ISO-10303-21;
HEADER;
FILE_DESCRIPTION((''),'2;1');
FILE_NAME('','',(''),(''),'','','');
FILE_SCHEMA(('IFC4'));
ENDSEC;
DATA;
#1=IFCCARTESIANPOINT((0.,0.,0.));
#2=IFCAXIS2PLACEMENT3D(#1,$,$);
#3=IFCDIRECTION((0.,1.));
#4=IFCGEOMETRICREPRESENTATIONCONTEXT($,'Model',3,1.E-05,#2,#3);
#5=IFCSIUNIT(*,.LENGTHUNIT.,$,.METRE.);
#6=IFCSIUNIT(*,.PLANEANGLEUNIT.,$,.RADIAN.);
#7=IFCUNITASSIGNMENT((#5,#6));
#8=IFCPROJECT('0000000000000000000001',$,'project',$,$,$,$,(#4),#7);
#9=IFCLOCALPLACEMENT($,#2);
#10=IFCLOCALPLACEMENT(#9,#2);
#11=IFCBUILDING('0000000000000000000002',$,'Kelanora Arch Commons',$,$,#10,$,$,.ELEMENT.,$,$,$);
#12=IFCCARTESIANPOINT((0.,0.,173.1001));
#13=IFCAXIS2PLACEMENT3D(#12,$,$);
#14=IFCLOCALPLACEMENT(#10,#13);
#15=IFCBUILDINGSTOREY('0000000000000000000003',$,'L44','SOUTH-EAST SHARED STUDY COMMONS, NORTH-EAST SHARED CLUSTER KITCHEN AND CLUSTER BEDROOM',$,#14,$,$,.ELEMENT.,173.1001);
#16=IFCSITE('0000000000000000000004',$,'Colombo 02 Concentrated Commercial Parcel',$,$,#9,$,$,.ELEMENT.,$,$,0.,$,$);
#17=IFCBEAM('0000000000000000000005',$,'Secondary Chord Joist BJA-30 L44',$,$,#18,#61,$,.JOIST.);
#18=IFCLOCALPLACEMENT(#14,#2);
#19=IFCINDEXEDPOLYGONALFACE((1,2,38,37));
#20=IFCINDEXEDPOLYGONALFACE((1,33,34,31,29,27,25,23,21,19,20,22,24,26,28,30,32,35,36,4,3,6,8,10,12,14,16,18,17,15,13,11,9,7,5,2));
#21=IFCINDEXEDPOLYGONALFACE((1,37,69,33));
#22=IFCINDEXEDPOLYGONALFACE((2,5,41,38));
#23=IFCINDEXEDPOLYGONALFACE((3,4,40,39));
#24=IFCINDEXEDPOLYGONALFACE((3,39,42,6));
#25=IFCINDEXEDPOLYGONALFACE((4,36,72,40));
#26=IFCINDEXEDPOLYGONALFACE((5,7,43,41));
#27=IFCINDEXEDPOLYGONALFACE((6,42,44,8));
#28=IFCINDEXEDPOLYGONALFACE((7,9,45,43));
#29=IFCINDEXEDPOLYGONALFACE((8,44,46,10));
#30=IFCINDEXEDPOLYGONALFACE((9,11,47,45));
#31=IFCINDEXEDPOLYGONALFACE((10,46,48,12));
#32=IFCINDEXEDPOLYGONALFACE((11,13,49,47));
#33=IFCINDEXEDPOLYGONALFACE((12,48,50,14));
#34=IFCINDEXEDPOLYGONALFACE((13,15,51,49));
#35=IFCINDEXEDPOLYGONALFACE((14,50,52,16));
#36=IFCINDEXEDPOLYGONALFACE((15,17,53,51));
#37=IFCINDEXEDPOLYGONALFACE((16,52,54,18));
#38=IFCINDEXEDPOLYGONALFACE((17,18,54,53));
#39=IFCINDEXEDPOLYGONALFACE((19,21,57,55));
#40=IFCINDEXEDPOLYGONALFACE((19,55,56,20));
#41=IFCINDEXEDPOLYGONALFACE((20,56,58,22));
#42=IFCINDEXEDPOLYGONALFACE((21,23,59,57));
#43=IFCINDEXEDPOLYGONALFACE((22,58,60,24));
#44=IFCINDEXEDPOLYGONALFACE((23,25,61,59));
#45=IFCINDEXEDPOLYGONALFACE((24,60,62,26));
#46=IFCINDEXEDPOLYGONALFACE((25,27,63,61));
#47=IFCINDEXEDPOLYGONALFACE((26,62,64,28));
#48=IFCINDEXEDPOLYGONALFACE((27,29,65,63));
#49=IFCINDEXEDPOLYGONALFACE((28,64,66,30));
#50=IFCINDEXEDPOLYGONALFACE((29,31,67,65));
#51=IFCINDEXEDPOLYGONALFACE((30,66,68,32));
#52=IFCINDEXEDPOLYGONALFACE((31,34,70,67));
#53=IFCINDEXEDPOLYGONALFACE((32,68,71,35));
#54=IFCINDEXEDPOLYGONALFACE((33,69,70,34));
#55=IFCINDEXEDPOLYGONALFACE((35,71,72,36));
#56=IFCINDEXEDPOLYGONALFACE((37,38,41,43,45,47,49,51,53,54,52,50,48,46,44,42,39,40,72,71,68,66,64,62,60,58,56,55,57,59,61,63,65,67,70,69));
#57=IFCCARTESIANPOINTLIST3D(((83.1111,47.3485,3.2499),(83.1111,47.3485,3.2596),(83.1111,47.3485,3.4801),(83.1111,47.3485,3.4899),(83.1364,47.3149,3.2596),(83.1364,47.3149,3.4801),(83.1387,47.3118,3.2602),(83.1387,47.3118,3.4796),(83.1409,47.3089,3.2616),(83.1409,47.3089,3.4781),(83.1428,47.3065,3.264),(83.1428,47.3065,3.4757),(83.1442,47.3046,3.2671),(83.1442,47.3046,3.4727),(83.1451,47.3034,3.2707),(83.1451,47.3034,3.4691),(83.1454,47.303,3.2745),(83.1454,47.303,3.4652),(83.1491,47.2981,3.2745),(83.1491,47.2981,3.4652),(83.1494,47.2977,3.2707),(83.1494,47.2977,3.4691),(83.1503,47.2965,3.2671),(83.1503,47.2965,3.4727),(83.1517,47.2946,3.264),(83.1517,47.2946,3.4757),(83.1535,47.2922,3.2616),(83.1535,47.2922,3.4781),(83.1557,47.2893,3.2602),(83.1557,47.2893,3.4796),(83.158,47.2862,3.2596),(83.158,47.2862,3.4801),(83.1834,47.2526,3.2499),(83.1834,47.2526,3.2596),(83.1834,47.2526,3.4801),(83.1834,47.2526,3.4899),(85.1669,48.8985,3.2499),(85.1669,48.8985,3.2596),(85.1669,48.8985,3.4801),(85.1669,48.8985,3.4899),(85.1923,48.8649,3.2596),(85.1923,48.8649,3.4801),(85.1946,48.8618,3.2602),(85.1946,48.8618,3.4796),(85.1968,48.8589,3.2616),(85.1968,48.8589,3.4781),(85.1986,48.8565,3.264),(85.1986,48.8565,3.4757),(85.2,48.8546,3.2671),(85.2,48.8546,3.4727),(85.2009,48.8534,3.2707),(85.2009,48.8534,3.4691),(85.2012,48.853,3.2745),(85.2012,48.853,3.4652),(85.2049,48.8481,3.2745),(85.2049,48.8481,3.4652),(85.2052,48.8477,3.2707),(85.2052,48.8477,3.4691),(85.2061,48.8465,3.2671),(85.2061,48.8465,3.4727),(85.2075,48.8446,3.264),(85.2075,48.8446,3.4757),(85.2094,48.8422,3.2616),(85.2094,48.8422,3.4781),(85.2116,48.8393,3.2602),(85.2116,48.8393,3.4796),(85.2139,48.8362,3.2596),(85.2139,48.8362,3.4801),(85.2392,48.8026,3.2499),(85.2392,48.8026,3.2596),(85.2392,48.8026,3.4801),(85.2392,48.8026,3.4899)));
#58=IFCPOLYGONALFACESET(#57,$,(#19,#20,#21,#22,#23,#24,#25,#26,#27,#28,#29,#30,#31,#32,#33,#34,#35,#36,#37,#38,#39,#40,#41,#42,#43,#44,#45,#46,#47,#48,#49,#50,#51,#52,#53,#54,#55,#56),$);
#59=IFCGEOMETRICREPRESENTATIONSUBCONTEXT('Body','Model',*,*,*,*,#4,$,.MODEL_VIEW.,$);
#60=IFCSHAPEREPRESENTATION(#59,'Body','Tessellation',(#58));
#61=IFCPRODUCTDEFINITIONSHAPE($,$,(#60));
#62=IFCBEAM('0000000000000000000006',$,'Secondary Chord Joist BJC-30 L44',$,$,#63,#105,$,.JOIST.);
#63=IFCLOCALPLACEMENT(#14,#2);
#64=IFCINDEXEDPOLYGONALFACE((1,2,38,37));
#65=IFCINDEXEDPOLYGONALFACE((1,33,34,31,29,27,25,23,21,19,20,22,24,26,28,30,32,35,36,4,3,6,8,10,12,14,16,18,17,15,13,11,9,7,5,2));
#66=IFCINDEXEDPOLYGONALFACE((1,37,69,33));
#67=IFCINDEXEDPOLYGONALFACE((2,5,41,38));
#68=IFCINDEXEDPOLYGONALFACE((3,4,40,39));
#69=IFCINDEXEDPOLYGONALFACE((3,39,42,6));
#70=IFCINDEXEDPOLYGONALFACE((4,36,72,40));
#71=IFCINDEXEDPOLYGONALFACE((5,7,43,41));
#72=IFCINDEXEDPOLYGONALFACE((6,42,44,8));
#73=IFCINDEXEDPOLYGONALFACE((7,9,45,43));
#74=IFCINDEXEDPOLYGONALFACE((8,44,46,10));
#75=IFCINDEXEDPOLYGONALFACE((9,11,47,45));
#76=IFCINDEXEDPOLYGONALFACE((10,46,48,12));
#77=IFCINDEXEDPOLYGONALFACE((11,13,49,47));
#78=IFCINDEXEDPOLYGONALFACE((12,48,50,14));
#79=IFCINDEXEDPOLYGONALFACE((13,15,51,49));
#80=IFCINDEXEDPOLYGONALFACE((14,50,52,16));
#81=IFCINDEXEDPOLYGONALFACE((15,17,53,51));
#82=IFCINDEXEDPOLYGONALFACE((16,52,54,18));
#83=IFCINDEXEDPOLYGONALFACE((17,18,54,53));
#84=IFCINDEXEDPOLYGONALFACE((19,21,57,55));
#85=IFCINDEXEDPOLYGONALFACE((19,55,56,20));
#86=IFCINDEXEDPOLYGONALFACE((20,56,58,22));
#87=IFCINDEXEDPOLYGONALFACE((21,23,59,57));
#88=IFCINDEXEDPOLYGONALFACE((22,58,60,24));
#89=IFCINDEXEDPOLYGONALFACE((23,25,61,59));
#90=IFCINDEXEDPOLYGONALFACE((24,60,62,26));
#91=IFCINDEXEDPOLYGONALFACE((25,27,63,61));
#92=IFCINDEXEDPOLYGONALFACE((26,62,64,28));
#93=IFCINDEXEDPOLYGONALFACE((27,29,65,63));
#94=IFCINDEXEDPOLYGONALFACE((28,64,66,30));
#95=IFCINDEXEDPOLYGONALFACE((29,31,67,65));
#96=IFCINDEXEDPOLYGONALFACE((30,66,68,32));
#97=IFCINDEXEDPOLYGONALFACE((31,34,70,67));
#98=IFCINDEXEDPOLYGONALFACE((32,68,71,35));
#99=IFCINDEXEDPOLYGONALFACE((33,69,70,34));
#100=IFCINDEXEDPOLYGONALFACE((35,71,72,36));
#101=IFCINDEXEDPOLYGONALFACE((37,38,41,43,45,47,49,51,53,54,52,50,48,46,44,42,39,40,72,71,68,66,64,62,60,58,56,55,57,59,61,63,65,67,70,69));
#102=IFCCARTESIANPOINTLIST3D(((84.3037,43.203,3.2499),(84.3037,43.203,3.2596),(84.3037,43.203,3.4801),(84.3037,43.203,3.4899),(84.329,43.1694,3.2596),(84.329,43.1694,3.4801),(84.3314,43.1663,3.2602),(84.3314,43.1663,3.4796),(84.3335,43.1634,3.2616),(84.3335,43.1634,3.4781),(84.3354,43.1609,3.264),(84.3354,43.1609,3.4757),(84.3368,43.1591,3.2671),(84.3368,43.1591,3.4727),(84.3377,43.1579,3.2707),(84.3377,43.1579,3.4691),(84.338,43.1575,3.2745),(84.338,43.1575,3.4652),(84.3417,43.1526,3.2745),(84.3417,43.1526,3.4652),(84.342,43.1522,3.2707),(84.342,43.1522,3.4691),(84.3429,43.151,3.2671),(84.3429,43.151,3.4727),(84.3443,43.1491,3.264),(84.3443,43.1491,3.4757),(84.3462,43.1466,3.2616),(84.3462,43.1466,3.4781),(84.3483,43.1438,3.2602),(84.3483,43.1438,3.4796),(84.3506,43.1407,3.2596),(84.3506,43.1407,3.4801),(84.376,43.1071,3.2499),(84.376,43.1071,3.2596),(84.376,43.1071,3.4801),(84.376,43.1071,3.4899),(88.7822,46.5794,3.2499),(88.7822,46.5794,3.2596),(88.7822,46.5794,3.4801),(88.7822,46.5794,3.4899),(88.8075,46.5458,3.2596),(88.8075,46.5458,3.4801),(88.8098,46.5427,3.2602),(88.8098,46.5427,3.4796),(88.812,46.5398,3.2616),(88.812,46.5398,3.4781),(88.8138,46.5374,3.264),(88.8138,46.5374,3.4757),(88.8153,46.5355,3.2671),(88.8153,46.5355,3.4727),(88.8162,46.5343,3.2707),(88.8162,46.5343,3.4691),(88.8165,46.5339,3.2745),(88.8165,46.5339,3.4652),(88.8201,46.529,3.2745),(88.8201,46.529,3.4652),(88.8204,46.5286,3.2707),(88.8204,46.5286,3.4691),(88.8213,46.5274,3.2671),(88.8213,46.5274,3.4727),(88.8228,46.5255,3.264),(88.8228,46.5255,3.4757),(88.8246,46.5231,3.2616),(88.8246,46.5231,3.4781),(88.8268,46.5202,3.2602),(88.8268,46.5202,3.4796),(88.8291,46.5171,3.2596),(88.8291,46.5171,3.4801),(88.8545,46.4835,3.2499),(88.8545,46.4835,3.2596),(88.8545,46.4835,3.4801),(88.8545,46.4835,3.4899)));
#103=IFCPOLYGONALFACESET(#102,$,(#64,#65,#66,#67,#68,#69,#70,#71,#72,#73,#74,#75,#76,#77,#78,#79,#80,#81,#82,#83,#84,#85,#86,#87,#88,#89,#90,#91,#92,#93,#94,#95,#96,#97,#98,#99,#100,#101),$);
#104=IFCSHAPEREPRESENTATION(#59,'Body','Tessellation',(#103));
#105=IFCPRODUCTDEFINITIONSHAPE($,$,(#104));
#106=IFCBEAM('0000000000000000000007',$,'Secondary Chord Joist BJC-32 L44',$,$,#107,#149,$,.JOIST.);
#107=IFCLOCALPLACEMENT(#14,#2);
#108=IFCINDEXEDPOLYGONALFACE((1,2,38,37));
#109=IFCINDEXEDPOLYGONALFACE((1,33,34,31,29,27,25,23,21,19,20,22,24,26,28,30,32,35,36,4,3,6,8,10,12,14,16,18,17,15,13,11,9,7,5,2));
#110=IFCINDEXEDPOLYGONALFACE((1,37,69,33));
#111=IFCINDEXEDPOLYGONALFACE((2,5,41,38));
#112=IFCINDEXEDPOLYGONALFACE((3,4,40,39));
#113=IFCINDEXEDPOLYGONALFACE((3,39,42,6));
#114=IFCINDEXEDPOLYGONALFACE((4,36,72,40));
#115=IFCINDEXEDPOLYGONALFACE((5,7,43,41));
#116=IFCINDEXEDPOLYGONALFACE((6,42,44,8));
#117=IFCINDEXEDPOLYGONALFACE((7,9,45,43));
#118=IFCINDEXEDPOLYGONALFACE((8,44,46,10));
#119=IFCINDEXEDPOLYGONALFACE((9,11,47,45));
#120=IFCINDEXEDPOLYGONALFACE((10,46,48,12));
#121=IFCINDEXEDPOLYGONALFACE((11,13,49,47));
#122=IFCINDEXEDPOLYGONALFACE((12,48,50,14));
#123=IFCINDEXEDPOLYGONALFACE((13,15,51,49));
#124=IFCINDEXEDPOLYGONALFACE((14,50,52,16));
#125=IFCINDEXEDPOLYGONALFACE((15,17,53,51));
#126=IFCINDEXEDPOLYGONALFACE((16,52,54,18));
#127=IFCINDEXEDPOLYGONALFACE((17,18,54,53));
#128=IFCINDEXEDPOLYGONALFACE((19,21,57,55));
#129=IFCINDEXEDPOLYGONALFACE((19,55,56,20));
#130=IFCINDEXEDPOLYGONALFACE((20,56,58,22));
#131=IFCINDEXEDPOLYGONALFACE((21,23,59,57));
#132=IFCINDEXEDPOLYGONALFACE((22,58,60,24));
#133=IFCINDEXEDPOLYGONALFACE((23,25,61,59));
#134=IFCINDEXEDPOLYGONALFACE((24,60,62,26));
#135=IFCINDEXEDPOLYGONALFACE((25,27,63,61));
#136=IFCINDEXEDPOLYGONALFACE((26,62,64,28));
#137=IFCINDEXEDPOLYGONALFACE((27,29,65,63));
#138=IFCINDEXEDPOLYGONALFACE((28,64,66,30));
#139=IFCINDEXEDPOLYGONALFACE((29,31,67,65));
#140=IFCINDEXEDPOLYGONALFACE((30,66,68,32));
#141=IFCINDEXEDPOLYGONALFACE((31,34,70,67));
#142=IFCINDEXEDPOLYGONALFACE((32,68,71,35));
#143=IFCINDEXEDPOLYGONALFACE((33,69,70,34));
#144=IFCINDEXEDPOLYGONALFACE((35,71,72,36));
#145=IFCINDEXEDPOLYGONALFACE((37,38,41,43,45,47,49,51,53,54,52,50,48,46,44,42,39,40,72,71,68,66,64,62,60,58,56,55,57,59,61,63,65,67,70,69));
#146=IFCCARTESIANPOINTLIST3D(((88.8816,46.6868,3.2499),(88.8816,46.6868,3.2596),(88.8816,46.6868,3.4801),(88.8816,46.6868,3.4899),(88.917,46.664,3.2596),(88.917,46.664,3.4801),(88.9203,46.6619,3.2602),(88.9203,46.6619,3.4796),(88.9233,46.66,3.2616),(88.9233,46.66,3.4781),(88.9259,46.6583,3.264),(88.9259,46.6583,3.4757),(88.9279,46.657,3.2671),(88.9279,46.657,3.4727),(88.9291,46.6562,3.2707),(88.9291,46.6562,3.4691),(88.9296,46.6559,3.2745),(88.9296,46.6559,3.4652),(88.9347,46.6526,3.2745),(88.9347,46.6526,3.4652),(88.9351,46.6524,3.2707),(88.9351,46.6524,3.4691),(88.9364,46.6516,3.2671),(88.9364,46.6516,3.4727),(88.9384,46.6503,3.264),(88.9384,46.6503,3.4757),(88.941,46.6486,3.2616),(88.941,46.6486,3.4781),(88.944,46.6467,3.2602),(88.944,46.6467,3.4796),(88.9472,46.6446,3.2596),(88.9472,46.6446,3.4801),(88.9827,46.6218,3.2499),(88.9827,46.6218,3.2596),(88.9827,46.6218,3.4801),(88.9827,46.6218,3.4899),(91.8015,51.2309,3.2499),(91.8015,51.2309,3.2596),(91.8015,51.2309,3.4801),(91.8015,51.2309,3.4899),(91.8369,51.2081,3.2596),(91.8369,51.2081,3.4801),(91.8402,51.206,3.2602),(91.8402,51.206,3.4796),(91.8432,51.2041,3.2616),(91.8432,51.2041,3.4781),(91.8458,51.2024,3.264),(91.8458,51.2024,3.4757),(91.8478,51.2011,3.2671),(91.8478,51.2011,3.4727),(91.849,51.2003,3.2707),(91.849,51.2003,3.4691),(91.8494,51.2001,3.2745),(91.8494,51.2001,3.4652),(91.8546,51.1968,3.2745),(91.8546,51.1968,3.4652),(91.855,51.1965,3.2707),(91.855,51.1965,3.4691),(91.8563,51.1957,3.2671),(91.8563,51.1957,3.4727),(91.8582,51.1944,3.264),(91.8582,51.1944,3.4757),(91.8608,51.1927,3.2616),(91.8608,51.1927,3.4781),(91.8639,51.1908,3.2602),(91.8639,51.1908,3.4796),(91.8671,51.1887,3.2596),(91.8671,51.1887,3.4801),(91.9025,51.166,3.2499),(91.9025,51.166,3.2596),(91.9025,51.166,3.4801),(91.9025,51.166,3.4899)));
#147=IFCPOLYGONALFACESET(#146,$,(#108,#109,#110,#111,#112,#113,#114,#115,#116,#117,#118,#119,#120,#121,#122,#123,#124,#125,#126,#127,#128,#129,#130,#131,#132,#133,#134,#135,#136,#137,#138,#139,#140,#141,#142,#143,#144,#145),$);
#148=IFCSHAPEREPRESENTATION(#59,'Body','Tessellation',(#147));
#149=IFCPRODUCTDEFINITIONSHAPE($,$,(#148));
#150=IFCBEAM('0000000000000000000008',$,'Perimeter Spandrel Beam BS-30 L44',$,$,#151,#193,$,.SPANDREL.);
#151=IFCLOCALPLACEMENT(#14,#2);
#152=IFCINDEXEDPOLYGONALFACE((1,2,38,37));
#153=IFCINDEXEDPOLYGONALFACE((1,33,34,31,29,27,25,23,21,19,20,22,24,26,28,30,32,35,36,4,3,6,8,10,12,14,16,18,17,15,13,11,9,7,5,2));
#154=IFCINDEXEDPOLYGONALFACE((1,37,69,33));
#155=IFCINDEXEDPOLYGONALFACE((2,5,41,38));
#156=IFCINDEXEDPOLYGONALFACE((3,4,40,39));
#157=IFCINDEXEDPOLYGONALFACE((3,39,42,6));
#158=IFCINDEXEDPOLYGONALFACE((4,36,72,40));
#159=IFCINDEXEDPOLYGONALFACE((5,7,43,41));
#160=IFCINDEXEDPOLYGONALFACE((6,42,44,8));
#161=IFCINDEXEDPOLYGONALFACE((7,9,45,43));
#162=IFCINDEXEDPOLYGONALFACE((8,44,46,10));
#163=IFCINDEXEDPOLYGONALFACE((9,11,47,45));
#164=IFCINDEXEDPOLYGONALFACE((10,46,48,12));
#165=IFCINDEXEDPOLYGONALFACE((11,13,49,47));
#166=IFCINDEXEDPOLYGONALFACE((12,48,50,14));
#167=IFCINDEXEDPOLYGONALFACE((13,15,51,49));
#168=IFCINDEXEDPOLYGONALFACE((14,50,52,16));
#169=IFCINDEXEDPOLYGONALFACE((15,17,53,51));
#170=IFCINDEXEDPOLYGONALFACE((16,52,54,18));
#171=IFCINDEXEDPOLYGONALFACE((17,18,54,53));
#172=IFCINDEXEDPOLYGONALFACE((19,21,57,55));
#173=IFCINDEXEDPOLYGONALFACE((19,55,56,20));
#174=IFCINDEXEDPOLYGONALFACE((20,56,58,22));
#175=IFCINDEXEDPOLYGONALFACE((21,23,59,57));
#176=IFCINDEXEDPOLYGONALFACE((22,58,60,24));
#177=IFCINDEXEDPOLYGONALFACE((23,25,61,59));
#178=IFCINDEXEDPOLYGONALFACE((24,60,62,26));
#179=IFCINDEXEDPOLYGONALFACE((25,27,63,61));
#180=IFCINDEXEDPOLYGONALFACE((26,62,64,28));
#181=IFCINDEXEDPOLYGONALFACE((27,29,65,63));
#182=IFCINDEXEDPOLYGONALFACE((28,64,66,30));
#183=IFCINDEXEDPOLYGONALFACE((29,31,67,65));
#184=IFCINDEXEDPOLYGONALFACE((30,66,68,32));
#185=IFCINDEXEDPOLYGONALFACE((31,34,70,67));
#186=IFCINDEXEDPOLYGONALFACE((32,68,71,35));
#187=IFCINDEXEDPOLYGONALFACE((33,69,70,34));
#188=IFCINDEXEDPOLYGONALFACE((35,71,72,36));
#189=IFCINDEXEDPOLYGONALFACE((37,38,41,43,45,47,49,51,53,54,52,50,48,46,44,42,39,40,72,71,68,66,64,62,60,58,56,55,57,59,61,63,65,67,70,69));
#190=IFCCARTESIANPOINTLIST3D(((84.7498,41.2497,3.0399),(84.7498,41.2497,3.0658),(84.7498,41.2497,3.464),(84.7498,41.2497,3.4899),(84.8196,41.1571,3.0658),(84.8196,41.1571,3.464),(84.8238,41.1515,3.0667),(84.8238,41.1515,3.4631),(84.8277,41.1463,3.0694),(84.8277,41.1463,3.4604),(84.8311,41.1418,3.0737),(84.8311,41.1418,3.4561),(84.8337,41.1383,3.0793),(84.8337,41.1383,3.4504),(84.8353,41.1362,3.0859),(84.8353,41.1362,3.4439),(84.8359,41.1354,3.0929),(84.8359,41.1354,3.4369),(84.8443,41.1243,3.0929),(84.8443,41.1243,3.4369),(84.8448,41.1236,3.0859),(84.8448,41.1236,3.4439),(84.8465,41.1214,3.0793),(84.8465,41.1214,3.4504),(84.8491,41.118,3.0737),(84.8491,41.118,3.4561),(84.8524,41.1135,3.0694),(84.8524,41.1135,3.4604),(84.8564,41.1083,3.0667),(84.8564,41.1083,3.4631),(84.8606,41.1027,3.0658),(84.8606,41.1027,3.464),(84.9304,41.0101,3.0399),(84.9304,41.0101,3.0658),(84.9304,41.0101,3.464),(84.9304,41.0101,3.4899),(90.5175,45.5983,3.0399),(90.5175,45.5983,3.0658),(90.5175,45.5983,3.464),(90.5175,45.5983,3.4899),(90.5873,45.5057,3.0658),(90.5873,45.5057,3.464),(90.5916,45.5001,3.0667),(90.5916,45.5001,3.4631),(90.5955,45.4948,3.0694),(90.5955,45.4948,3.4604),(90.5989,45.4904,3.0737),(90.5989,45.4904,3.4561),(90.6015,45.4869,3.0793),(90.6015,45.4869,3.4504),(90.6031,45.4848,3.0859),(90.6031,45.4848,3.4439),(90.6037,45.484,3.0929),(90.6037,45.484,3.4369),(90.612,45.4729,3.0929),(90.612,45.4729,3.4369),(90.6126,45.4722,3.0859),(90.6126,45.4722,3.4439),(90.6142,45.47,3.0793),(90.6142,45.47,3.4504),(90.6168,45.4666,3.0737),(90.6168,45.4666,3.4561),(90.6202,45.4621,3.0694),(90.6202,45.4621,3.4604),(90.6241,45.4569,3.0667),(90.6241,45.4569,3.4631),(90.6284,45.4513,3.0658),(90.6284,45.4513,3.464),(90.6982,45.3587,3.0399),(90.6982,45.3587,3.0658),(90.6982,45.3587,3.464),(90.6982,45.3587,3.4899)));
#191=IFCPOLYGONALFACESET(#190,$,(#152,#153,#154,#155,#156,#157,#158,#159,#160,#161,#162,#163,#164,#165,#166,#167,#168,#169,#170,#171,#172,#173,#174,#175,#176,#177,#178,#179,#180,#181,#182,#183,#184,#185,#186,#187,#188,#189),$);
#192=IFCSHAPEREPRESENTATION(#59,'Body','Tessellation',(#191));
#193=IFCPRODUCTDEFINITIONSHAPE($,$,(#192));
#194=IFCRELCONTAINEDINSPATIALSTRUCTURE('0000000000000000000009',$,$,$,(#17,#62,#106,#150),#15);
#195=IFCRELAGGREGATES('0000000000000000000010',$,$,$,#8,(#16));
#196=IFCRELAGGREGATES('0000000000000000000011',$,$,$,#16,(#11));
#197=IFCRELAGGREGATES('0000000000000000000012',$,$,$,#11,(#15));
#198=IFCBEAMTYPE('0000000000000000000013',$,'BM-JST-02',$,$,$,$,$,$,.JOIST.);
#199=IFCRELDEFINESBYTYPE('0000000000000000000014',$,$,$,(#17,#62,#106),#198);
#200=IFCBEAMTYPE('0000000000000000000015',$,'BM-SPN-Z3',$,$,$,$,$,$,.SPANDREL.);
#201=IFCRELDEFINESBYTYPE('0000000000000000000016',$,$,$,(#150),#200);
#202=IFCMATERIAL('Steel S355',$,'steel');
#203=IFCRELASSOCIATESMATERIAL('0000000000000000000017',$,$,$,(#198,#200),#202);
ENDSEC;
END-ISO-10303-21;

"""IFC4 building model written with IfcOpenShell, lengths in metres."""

from ifc_helpers import new_model, si_unit, direction, frame, origin, origin_2d, place, context, subcontext, project, spatial, i_section, extrude, material, material_profile, profile_set, type_object, element, save


model = new_model("IFC4")

# Units and contexts
model_context = context("Model", 3, precision=1e-05, world=origin(), true_north=direction((0.0, 1.0)))
body_context = subcontext(model_context, "Body", "Model", "MODEL_VIEW")
ifc_project = project(units=[si_unit("LENGTHUNIT", "METRE"), si_unit("PLANEANGLEUNIT", "RADIAN")], contexts=[model_context])

# Site, building, storey
site_placement = place(None, origin())
site = spatial("IfcSite", under=ifc_project, at=site_placement, Name="Colombo 02 Concentrated Commercial Parcel", CompositionType="ELEMENT", RefElevation=0.0)
building_placement = place(site_placement, origin())
building = spatial("IfcBuilding", under=site, at=building_placement, Name="Kelanora Arch Commons", CompositionType="ELEMENT")
storey_placement = place(building_placement, frame((0.0, 0.0, 173.1001)))
storey = spatial("IfcBuildingStorey", under=building, at=storey_placement, Name="L44", Description="SOUTH-EAST SHARED STUDY COMMONS, NORTH-EAST SHARED CLUSTER KITCHEN AND CLUSTER BEDROOM", CompositionType="ELEMENT", Elevation=173.1001)

# Beams
ifc_material_1 = material(Name="Steel S355", Category="steel")
ifc_material_profile_1 = material_profile(ifc_material_1, i_section(OverallWidth=0.1201, OverallDepth=0.24, WebThickness=0.0061, FlangeThickness=0.0098, FilletRadius=0.0149, at=origin_2d()), Name="IPE240")
ifc_profile_set_1 = profile_set([ifc_material_profile_1], Name="Steel S355")
beam_type_1 = type_object("IfcBeamType", Name="BM-JST-02", PredefinedType="JOIST", material=ifc_profile_set_1)
beam_1_placement = place(storey_placement, frame((83.1472, 47.3005, 3.3699), z_axis=(0.798484, 0.602016, 0.0), x_axis=(-0.602016, 0.798484, 0.0)))
element("IfcBeam", 1, at=beam_1_placement, inside=storey, type_object=beam_type_1, Name="Secondary Chord Joist BJA-30 L44", PredefinedType="JOIST", context=body_context, shape_type="SweptSolid", body=[
    extrude(i_section(OverallWidth=0.1201, OverallDepth=0.24, WebThickness=0.0061, FlangeThickness=0.0098, FilletRadius=0.0149, at=origin_2d()), origin(), (0.0, 0.0, 1.0), 2.5747),
])
beam_2_placement = place(storey_placement, frame((84.3398, 43.155, 3.3699), z_axis=(0.798493, 0.602004, 0.0), x_axis=(-0.602004, 0.798493, 0.0)))
element("IfcBeam", 2, at=beam_2_placement, inside=storey, type_object=beam_type_1, Name="Secondary Chord Joist BJC-30 L44", PredefinedType="JOIST", context=body_context, shape_type="SweptSolid", body=[
    extrude(i_section(OverallWidth=0.1201, OverallDepth=0.24, WebThickness=0.0061, FlangeThickness=0.0098, FilletRadius=0.0149, at=origin_2d()), origin(), (0.0, 0.0, 1.0), 5.6086),
])
beam_3_placement = place(storey_placement, frame((88.9321, 46.6543, 3.3699), z_axis=(0.540582, 0.841292, 0.0), x_axis=(-0.841292, 0.540582, 0.0)))
element("IfcBeam", 3, at=beam_3_placement, inside=storey, type_object=beam_type_1, Name="Secondary Chord Joist BJC-32 L44", PredefinedType="JOIST", context=body_context, shape_type="SweptSolid", body=[
    extrude(i_section(OverallWidth=0.1201, OverallDepth=0.24, WebThickness=0.0061, FlangeThickness=0.0098, FilletRadius=0.0149, at=origin_2d()), origin(), (0.0, 0.0, 1.0), 5.4014),
])
ifc_material_profile_2 = material_profile(ifc_material_1, i_section(OverallWidth=0.3, OverallDepth=0.45, WebThickness=0.0139, FlangeThickness=0.0259, FilletRadius=0.0271, at=origin_2d()), Name="HEB450")
ifc_profile_set_2 = profile_set([ifc_material_profile_2], Name="Steel S355")
beam_type_2 = type_object("IfcBeamType", Name="BM-SPN-Z3", PredefinedType="SPANDREL", material=ifc_profile_set_2)
beam_4_placement = place(storey_placement, frame((84.8401, 41.1299, 3.2649), z_axis=(0.798485, 0.602015, 0.0), x_axis=(-0.602015, 0.798485, 0.0)))
element("IfcBeam", 4, at=beam_4_placement, inside=storey, type_object=beam_type_2, Name="Perimeter Spandrel Beam BS-30 L44", PredefinedType="SPANDREL", context=body_context, shape_type="SweptSolid", body=[
    extrude(i_section(OverallWidth=0.3, OverallDepth=0.45, WebThickness=0.0139, FlangeThickness=0.0259, FilletRadius=0.0271, at=origin_2d()), origin(), (0.0, 0.0, 1.0), 7.2234),
])

save(model, "model.ifc")
